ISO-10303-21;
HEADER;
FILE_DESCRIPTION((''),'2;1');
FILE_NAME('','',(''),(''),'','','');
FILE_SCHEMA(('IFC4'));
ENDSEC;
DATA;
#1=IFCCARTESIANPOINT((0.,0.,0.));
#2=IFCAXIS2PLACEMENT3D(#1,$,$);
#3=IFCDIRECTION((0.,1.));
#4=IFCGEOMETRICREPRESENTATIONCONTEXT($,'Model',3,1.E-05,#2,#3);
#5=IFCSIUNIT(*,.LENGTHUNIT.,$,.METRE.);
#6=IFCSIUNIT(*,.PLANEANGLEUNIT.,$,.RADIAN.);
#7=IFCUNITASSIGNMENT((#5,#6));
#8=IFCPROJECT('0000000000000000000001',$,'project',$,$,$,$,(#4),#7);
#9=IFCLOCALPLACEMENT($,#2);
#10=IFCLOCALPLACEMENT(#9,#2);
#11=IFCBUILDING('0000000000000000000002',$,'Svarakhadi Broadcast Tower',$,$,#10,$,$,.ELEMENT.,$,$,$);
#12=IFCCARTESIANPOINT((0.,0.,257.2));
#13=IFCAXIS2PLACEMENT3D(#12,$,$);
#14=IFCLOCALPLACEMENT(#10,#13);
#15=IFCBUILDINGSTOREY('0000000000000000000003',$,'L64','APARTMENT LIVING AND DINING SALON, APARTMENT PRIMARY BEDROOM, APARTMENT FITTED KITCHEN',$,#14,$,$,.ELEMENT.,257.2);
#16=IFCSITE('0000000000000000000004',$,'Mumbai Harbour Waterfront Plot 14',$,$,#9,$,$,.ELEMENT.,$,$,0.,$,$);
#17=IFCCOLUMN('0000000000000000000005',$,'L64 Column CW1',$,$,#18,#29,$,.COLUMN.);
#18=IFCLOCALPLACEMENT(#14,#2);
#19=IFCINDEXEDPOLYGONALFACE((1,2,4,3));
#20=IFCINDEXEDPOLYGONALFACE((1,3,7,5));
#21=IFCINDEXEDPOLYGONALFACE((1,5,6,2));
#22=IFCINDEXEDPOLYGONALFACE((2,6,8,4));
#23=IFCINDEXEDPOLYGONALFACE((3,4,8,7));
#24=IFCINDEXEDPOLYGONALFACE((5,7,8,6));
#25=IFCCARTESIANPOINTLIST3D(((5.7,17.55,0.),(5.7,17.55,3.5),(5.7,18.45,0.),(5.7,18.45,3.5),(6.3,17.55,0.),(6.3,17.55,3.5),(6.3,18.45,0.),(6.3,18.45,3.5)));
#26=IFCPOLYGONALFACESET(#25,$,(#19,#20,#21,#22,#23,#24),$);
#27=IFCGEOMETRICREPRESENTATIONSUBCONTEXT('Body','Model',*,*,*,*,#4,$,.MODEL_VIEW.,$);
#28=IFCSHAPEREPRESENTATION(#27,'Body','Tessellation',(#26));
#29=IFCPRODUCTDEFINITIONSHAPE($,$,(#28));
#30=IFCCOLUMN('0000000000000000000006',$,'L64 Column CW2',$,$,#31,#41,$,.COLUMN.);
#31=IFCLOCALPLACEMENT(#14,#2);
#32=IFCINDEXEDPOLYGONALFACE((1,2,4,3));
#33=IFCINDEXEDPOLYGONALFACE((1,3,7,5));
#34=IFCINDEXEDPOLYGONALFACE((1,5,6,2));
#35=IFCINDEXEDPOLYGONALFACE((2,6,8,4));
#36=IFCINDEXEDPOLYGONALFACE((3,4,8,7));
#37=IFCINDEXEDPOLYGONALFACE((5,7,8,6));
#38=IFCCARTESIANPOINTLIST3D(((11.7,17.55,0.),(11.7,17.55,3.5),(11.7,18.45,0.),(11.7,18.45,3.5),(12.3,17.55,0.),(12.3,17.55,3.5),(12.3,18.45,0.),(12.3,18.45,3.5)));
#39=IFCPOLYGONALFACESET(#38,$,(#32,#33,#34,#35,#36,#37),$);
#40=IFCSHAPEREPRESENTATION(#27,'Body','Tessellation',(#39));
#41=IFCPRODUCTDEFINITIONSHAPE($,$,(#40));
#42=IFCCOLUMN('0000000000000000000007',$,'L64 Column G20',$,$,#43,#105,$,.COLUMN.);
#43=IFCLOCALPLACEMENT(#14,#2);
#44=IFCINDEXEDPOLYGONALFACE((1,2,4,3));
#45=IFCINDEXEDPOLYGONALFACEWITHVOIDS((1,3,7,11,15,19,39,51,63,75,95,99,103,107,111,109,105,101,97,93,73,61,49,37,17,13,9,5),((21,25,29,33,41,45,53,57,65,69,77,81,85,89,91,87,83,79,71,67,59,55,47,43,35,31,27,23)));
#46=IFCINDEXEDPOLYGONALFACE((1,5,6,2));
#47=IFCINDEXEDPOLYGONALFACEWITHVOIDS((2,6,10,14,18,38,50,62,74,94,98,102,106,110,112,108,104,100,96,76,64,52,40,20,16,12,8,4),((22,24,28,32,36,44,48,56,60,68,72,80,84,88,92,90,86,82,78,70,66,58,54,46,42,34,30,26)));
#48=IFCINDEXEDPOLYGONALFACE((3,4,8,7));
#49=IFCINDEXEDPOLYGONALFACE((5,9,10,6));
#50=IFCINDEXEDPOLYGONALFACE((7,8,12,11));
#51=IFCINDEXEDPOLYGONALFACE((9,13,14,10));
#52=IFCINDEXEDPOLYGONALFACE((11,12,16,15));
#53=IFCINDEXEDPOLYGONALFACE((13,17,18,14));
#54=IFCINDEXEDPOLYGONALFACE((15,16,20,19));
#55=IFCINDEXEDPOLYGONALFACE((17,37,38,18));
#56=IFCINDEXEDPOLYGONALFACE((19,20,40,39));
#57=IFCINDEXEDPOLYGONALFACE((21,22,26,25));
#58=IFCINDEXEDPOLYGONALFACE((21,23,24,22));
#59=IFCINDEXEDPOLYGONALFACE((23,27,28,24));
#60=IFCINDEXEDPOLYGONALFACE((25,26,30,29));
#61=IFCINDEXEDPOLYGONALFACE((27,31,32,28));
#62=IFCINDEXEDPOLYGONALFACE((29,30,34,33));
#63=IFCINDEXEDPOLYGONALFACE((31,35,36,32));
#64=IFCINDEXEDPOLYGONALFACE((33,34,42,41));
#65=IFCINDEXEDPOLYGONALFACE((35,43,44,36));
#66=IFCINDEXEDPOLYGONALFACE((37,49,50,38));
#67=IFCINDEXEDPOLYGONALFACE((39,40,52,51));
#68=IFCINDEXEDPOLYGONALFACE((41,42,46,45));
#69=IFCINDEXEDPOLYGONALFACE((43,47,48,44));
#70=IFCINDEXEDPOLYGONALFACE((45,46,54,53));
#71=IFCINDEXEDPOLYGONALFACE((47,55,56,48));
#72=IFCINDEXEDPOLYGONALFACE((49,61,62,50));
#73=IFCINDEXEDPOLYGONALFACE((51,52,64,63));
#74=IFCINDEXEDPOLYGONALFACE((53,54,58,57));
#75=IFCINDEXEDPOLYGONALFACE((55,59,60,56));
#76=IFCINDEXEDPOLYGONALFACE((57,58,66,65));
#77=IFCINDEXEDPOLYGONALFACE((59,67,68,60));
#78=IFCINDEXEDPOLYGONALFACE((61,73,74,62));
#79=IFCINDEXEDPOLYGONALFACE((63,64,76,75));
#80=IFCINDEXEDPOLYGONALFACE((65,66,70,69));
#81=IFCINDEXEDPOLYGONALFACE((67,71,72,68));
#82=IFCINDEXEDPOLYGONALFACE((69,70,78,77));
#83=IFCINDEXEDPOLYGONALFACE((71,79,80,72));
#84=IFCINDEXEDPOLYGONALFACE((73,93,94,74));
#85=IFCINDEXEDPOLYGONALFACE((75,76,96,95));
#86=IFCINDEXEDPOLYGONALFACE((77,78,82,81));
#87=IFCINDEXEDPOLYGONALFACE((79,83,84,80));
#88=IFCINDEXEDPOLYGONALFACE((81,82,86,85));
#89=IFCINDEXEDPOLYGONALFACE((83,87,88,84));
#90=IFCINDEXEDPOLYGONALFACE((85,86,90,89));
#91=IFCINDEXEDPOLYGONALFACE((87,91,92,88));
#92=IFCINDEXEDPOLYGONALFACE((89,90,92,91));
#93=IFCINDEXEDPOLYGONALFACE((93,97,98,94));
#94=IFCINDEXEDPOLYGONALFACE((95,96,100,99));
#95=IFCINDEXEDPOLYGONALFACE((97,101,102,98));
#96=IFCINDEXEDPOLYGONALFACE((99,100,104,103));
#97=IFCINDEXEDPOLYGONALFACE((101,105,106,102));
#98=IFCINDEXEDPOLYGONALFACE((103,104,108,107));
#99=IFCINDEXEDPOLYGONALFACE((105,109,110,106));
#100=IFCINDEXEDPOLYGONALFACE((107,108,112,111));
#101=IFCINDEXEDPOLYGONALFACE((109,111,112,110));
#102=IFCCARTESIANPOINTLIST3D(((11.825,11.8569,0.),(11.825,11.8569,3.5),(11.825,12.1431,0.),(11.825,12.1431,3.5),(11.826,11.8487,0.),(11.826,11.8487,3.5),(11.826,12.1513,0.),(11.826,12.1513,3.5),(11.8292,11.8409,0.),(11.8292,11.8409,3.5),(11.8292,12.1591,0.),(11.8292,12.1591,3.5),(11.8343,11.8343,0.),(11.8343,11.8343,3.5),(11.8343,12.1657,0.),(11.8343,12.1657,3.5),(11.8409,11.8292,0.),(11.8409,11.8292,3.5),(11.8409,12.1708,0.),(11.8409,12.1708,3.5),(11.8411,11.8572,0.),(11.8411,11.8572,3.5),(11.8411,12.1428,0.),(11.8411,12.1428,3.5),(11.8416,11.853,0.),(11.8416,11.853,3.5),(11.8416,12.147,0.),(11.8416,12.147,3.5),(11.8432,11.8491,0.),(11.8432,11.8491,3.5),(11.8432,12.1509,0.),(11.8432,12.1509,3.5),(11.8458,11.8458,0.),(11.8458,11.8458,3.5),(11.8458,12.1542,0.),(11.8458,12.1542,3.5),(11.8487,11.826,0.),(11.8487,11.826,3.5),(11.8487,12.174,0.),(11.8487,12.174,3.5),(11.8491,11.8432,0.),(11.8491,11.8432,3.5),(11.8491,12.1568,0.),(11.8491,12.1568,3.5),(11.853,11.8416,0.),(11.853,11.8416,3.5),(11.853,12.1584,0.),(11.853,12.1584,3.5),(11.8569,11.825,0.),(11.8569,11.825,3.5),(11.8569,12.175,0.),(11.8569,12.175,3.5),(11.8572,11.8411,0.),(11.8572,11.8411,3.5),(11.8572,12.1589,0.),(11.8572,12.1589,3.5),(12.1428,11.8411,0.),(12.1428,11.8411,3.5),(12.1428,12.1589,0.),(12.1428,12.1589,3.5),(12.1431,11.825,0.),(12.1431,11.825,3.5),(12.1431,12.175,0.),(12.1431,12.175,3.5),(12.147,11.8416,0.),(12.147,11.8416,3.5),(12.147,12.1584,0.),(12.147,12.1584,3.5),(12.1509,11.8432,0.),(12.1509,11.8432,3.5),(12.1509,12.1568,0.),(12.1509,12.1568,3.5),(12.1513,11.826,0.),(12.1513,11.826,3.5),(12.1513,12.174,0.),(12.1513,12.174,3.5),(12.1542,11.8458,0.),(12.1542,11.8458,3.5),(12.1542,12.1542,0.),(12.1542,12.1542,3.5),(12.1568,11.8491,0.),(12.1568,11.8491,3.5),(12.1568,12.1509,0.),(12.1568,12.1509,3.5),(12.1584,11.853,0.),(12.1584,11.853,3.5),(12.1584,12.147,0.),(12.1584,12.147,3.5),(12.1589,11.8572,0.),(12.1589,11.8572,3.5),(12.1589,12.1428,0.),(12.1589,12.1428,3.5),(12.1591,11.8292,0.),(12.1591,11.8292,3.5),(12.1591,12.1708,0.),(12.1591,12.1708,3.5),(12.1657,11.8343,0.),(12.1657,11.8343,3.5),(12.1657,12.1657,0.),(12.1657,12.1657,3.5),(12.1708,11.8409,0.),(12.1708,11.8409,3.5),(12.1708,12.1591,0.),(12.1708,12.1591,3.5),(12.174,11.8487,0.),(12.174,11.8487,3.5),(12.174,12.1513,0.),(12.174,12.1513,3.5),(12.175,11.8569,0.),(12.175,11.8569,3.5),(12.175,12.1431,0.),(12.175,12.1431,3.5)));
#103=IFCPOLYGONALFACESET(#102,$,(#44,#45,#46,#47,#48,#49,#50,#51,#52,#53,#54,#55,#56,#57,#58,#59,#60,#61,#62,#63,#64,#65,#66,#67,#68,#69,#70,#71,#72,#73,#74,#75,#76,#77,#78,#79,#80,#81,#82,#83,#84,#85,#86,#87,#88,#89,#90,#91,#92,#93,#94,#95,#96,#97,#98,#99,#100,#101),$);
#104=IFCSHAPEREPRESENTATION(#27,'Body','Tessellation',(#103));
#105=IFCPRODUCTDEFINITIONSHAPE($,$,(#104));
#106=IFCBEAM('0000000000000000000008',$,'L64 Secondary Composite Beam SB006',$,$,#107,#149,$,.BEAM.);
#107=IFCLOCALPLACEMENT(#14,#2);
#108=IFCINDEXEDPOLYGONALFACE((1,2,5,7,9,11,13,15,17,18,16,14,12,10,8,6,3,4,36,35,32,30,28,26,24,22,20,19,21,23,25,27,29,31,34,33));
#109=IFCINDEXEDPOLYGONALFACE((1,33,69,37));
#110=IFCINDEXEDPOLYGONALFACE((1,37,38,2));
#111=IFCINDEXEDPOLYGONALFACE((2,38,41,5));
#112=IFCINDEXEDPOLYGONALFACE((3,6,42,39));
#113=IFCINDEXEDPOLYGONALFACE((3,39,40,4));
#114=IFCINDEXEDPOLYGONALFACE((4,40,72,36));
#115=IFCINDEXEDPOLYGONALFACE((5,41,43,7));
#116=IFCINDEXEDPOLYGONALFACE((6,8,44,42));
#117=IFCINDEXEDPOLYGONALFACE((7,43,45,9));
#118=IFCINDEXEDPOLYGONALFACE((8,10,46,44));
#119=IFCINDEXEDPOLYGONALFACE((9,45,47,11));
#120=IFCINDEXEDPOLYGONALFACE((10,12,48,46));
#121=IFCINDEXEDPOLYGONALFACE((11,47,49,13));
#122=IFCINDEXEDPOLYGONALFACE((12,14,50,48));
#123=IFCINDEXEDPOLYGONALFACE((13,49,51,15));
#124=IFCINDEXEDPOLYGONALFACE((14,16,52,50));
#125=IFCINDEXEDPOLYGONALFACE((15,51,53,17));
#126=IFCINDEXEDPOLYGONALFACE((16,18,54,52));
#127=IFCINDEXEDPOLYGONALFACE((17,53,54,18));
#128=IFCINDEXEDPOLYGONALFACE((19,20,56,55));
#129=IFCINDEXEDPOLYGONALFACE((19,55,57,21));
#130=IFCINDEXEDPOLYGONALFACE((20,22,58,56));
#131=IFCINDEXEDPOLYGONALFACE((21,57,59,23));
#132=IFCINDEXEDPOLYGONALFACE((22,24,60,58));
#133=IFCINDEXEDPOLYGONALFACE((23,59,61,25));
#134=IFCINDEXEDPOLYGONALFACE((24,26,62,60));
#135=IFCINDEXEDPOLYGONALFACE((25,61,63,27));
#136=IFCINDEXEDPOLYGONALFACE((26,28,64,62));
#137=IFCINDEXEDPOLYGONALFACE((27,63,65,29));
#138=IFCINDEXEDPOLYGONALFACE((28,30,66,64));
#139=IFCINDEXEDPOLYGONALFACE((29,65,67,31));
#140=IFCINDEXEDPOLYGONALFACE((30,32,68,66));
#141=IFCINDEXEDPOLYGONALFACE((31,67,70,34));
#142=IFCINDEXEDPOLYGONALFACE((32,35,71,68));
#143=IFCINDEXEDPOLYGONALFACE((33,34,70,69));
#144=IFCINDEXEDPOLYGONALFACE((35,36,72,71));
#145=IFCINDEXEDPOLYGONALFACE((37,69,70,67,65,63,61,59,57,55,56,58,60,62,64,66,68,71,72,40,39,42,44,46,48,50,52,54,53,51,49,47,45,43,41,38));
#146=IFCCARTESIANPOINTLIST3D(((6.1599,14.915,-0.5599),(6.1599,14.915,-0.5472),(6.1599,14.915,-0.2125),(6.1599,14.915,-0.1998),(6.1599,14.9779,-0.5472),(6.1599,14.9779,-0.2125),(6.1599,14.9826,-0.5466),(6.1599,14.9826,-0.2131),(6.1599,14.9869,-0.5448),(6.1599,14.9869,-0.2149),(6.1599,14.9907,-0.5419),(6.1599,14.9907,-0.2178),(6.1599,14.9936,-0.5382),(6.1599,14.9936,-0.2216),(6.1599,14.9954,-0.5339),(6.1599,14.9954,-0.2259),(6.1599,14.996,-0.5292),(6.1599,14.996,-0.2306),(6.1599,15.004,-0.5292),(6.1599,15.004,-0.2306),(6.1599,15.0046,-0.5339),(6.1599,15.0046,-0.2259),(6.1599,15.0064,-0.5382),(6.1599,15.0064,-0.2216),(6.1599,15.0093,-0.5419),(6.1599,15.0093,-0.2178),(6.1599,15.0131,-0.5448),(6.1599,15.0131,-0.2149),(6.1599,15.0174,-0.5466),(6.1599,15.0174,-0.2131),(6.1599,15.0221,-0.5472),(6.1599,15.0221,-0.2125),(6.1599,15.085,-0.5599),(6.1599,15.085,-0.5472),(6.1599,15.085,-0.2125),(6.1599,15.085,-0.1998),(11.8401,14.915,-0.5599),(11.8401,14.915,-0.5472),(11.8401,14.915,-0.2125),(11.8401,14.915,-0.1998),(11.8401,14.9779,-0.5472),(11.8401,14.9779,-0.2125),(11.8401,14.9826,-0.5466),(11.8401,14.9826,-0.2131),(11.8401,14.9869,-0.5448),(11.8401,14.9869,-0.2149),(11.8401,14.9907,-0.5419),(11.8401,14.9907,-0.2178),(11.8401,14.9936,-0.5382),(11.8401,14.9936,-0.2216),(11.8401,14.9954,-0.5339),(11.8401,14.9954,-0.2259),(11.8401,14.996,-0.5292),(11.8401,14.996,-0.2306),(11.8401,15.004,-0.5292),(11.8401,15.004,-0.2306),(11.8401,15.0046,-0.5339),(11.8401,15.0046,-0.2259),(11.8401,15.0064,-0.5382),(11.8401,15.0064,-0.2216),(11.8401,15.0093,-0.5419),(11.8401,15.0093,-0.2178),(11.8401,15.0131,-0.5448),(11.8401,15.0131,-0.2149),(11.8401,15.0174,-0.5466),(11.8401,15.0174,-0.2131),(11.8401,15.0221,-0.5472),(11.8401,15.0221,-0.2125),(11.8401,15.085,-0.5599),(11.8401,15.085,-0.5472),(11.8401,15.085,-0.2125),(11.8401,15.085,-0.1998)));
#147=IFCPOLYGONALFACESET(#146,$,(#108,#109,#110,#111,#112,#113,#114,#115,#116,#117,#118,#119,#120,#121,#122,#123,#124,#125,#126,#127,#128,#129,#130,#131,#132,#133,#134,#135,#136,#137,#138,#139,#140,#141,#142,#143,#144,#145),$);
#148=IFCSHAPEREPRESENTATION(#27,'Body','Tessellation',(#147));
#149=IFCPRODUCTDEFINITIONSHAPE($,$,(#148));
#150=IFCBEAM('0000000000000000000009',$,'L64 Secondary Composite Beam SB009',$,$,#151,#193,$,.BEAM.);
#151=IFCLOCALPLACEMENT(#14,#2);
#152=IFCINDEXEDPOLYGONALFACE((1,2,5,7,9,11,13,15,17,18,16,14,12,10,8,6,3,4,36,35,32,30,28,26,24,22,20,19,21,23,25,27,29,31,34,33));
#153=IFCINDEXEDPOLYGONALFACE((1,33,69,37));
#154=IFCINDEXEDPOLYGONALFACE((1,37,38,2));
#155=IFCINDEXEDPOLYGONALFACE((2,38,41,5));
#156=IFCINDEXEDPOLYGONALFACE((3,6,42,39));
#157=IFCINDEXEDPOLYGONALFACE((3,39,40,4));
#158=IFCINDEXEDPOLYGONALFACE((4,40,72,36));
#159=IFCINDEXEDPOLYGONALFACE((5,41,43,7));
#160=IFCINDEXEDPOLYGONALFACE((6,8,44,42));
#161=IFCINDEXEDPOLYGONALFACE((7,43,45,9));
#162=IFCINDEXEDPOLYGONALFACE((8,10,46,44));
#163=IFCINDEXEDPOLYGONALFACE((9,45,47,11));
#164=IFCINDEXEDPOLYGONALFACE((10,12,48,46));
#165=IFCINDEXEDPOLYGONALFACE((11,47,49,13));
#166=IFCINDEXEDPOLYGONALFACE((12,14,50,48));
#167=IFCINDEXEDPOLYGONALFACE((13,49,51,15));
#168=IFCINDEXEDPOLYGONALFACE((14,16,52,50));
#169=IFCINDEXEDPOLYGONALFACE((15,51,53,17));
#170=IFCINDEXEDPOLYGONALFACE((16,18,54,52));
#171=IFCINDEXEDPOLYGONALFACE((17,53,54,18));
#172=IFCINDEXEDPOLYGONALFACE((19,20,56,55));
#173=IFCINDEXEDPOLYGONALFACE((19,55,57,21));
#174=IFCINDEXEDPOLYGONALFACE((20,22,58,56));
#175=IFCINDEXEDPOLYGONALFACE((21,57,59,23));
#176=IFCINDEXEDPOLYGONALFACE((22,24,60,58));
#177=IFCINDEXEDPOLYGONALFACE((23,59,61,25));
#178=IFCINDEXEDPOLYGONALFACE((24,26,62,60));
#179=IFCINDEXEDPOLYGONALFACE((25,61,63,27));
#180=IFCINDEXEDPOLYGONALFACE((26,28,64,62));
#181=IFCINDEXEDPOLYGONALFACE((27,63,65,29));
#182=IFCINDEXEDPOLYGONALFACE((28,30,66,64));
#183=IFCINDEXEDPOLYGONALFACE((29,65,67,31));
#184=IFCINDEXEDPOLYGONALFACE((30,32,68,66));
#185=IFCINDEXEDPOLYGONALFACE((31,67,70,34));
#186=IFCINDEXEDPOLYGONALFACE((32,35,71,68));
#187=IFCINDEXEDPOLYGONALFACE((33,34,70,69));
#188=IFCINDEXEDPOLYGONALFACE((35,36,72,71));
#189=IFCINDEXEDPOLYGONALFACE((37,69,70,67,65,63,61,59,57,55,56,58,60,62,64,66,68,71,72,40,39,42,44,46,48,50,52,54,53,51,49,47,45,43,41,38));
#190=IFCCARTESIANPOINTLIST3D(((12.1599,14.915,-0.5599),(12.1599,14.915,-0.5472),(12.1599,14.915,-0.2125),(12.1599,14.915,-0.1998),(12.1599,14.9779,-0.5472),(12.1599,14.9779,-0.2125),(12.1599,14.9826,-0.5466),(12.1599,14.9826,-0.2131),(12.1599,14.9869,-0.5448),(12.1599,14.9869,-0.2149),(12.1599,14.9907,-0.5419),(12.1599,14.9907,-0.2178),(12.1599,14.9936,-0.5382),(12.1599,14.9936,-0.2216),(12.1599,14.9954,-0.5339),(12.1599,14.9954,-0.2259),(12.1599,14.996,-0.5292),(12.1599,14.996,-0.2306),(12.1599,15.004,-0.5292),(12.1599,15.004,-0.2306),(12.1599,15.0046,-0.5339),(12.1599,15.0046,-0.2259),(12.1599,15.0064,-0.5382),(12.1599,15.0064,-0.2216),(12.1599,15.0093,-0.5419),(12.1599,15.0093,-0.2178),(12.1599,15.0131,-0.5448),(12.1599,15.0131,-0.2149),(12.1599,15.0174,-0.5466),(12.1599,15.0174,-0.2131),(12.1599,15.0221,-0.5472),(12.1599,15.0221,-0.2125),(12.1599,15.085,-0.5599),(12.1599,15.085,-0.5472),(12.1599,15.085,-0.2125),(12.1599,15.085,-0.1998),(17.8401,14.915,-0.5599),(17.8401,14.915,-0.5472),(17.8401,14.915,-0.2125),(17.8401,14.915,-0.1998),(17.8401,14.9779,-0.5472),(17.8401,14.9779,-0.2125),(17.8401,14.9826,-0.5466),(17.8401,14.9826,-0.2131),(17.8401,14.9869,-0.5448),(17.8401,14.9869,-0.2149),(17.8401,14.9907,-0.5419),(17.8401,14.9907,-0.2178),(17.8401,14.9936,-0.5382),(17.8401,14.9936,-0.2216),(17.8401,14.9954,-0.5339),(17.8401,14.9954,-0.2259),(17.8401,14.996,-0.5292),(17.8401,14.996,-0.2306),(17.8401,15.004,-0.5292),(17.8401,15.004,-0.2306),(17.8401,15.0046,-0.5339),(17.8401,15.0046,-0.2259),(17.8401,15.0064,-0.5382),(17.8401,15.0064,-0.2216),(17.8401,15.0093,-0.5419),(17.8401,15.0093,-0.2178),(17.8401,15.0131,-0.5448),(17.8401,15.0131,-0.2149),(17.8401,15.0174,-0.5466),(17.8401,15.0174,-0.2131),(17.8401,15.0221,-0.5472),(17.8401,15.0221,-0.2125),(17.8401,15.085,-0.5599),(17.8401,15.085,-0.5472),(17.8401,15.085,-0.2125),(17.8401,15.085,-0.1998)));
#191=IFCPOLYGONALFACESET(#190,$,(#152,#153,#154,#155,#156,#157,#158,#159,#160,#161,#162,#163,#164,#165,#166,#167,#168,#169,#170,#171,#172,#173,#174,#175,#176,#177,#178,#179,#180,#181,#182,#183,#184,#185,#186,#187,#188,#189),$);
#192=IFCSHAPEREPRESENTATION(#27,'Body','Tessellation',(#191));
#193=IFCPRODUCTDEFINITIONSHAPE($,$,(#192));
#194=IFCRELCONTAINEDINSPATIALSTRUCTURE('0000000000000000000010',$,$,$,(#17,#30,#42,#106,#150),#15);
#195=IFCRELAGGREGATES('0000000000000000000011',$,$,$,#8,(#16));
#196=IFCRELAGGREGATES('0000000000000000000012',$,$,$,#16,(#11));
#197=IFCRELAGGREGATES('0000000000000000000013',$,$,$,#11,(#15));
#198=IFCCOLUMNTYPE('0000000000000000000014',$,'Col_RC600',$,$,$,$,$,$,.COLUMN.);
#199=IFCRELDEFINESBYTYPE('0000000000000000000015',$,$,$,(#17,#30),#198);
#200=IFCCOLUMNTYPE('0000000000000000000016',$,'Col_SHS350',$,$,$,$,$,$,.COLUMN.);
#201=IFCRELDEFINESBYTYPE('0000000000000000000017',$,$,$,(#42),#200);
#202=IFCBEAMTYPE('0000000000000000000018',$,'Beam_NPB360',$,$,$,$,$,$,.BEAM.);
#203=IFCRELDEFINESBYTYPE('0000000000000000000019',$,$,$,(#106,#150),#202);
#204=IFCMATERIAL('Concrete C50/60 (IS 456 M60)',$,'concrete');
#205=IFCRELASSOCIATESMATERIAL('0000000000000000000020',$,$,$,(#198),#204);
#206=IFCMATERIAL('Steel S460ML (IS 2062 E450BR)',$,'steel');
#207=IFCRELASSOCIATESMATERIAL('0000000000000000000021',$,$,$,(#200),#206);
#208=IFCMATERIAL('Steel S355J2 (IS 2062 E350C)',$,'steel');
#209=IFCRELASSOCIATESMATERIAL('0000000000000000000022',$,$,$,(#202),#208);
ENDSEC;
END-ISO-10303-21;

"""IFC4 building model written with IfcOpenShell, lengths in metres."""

from ifc_helpers import new_model, si_unit, direction, frame, origin, origin_2d, place, context, subcontext, project, spatial, rectangle, hollow_rectangle, i_section, extrude, material, material_profile, profile_set, type_object, element, save


model = new_model("IFC4")

# Units and contexts
model_context = context("Model", 3, precision=1e-05, world=origin(), true_north=direction((0.0, 1.0)))
body_context = subcontext(model_context, "Body", "Model", "MODEL_VIEW")
ifc_project = project(units=[si_unit("LENGTHUNIT", "METRE"), si_unit("PLANEANGLEUNIT", "RADIAN")], contexts=[model_context])

# Site, building, storey
site_placement = place(None, origin())
site = spatial("IfcSite", under=ifc_project, at=site_placement, Name="Mumbai Harbour Waterfront Plot 14", CompositionType="ELEMENT", RefElevation=0.0)
building_placement = place(site_placement, origin())
building = spatial("IfcBuilding", under=site, at=building_placement, Name="Svarakhadi Broadcast Tower", CompositionType="ELEMENT")
storey_placement = place(building_placement, frame((0.0, 0.0, 257.2)))
storey = spatial("IfcBuildingStorey", under=building, at=storey_placement, Name="L64", Description="APARTMENT LIVING AND DINING SALON, APARTMENT PRIMARY BEDROOM, APARTMENT FITTED KITCHEN", CompositionType="ELEMENT", Elevation=257.2)

# Columns
ifc_material_1 = material(Name="Concrete C50/60 (IS 456 M60)", Category="concrete")
ifc_material_profile_1 = material_profile(ifc_material_1, rectangle(XDim=0.6001, YDim=0.8999, at=origin_2d()), Name="RC 600x900")
ifc_profile_set_1 = profile_set([ifc_material_profile_1], Name="Concrete C50/60 (IS 456 M60)")
column_type_1 = type_object("IfcColumnType", Name="Col_RC600", PredefinedType="COLUMN", material=ifc_profile_set_1)
for number, where, z_axis, x_axis, name in (
    (1, (6.0, 18.0, 0.0), (0.0, 0.0, 1.0), (1.0, 0.0, 0.0), "L64 Column CW1"),
    (2, (12.0, 18.0, 0.0), (0.0, 0.0, 1.0), (1.0, 0.0, 0.0), "L64 Column CW2"),
):
    element("IfcColumn", number, at=place(storey_placement, frame(where, z_axis=z_axis, x_axis=x_axis)), inside=storey, type_object=column_type_1, Name=name, PredefinedType="COLUMN", context=body_context, shape_type="SweptSolid", body=[
        extrude(rectangle(XDim=0.6001, YDim=0.8999, at=origin_2d()), origin(), (0.0, 0.0, 1.0), 3.5),
    ])
ifc_material_2 = material(Name="Steel S460ML (IS 2062 E450BR)", Category="steel")
ifc_material_profile_2 = material_profile(ifc_material_2, hollow_rectangle(XDim=0.3501, YDim=0.3501, WallThickness=0.0161, InnerFilletRadius=0.0161, OuterFilletRadius=0.032, at=origin_2d()), Name="SHS 350x350x16")
ifc_profile_set_2 = profile_set([ifc_material_profile_2], Name="Steel S460ML (IS 2062 E450BR)")
column_type_2 = type_object("IfcColumnType", Name="Col_SHS350", PredefinedType="COLUMN", material=ifc_profile_set_2)
column_placement = place(storey_placement, frame((12.0, 12.0, 0.0), z_axis=(0.0, 0.0, 1.0), x_axis=(1.0, 0.0, 0.0)))
element("IfcColumn", 3, at=column_placement, inside=storey, type_object=column_type_2, Name="L64 Column G20", PredefinedType="COLUMN", context=body_context, shape_type="SweptSolid", body=[
    extrude(hollow_rectangle(XDim=0.3501, YDim=0.3501, WallThickness=0.0161, InnerFilletRadius=0.0161, OuterFilletRadius=0.032, at=origin_2d()), origin(), (0.0, 0.0, 1.0), 3.5),
])

# Beams
ifc_material_3 = material(Name="Steel S355J2 (IS 2062 E350C)", Category="steel")
ifc_material_profile_3 = material_profile(ifc_material_3, i_section(OverallWidth=0.1699, OverallDepth=0.3601, WebThickness=0.0081, FlangeThickness=0.0127, FilletRadius=0.0181, at=origin_2d()), Name="NPB 360x170x57")
ifc_profile_set_3 = profile_set([ifc_material_profile_3], Name="Steel S355J2 (IS 2062 E350C)")
beam_type_1 = type_object("IfcBeamType", Name="Beam_NPB360", PredefinedType="BEAM", material=ifc_profile_set_3)
for number, where, z_axis, x_axis, name in (
    (4, (6.1599, 15.0, -0.3799), (1.0, 0.0, 0.0), (0.0, 1.0, 0.0), "L64 Secondary Composite Beam SB006"),
    (5, (12.1599, 15.0, -0.3799), (1.0, 0.0, 0.0), (0.0, 1.0, 0.0), "L64 Secondary Composite Beam SB009"),
):
    element("IfcBeam", number, at=place(storey_placement, frame(where, z_axis=z_axis, x_axis=x_axis)), inside=storey, type_object=beam_type_1, Name=name, PredefinedType="BEAM", context=body_context, shape_type="SweptSolid", body=[
        extrude(i_section(OverallWidth=0.1699, OverallDepth=0.3601, WebThickness=0.0081, FlangeThickness=0.0127, FilletRadius=0.0181, at=origin_2d()), origin(), (0.0, 0.0, 1.0), 5.6802),
    ])

save(model, "model.ifc")
